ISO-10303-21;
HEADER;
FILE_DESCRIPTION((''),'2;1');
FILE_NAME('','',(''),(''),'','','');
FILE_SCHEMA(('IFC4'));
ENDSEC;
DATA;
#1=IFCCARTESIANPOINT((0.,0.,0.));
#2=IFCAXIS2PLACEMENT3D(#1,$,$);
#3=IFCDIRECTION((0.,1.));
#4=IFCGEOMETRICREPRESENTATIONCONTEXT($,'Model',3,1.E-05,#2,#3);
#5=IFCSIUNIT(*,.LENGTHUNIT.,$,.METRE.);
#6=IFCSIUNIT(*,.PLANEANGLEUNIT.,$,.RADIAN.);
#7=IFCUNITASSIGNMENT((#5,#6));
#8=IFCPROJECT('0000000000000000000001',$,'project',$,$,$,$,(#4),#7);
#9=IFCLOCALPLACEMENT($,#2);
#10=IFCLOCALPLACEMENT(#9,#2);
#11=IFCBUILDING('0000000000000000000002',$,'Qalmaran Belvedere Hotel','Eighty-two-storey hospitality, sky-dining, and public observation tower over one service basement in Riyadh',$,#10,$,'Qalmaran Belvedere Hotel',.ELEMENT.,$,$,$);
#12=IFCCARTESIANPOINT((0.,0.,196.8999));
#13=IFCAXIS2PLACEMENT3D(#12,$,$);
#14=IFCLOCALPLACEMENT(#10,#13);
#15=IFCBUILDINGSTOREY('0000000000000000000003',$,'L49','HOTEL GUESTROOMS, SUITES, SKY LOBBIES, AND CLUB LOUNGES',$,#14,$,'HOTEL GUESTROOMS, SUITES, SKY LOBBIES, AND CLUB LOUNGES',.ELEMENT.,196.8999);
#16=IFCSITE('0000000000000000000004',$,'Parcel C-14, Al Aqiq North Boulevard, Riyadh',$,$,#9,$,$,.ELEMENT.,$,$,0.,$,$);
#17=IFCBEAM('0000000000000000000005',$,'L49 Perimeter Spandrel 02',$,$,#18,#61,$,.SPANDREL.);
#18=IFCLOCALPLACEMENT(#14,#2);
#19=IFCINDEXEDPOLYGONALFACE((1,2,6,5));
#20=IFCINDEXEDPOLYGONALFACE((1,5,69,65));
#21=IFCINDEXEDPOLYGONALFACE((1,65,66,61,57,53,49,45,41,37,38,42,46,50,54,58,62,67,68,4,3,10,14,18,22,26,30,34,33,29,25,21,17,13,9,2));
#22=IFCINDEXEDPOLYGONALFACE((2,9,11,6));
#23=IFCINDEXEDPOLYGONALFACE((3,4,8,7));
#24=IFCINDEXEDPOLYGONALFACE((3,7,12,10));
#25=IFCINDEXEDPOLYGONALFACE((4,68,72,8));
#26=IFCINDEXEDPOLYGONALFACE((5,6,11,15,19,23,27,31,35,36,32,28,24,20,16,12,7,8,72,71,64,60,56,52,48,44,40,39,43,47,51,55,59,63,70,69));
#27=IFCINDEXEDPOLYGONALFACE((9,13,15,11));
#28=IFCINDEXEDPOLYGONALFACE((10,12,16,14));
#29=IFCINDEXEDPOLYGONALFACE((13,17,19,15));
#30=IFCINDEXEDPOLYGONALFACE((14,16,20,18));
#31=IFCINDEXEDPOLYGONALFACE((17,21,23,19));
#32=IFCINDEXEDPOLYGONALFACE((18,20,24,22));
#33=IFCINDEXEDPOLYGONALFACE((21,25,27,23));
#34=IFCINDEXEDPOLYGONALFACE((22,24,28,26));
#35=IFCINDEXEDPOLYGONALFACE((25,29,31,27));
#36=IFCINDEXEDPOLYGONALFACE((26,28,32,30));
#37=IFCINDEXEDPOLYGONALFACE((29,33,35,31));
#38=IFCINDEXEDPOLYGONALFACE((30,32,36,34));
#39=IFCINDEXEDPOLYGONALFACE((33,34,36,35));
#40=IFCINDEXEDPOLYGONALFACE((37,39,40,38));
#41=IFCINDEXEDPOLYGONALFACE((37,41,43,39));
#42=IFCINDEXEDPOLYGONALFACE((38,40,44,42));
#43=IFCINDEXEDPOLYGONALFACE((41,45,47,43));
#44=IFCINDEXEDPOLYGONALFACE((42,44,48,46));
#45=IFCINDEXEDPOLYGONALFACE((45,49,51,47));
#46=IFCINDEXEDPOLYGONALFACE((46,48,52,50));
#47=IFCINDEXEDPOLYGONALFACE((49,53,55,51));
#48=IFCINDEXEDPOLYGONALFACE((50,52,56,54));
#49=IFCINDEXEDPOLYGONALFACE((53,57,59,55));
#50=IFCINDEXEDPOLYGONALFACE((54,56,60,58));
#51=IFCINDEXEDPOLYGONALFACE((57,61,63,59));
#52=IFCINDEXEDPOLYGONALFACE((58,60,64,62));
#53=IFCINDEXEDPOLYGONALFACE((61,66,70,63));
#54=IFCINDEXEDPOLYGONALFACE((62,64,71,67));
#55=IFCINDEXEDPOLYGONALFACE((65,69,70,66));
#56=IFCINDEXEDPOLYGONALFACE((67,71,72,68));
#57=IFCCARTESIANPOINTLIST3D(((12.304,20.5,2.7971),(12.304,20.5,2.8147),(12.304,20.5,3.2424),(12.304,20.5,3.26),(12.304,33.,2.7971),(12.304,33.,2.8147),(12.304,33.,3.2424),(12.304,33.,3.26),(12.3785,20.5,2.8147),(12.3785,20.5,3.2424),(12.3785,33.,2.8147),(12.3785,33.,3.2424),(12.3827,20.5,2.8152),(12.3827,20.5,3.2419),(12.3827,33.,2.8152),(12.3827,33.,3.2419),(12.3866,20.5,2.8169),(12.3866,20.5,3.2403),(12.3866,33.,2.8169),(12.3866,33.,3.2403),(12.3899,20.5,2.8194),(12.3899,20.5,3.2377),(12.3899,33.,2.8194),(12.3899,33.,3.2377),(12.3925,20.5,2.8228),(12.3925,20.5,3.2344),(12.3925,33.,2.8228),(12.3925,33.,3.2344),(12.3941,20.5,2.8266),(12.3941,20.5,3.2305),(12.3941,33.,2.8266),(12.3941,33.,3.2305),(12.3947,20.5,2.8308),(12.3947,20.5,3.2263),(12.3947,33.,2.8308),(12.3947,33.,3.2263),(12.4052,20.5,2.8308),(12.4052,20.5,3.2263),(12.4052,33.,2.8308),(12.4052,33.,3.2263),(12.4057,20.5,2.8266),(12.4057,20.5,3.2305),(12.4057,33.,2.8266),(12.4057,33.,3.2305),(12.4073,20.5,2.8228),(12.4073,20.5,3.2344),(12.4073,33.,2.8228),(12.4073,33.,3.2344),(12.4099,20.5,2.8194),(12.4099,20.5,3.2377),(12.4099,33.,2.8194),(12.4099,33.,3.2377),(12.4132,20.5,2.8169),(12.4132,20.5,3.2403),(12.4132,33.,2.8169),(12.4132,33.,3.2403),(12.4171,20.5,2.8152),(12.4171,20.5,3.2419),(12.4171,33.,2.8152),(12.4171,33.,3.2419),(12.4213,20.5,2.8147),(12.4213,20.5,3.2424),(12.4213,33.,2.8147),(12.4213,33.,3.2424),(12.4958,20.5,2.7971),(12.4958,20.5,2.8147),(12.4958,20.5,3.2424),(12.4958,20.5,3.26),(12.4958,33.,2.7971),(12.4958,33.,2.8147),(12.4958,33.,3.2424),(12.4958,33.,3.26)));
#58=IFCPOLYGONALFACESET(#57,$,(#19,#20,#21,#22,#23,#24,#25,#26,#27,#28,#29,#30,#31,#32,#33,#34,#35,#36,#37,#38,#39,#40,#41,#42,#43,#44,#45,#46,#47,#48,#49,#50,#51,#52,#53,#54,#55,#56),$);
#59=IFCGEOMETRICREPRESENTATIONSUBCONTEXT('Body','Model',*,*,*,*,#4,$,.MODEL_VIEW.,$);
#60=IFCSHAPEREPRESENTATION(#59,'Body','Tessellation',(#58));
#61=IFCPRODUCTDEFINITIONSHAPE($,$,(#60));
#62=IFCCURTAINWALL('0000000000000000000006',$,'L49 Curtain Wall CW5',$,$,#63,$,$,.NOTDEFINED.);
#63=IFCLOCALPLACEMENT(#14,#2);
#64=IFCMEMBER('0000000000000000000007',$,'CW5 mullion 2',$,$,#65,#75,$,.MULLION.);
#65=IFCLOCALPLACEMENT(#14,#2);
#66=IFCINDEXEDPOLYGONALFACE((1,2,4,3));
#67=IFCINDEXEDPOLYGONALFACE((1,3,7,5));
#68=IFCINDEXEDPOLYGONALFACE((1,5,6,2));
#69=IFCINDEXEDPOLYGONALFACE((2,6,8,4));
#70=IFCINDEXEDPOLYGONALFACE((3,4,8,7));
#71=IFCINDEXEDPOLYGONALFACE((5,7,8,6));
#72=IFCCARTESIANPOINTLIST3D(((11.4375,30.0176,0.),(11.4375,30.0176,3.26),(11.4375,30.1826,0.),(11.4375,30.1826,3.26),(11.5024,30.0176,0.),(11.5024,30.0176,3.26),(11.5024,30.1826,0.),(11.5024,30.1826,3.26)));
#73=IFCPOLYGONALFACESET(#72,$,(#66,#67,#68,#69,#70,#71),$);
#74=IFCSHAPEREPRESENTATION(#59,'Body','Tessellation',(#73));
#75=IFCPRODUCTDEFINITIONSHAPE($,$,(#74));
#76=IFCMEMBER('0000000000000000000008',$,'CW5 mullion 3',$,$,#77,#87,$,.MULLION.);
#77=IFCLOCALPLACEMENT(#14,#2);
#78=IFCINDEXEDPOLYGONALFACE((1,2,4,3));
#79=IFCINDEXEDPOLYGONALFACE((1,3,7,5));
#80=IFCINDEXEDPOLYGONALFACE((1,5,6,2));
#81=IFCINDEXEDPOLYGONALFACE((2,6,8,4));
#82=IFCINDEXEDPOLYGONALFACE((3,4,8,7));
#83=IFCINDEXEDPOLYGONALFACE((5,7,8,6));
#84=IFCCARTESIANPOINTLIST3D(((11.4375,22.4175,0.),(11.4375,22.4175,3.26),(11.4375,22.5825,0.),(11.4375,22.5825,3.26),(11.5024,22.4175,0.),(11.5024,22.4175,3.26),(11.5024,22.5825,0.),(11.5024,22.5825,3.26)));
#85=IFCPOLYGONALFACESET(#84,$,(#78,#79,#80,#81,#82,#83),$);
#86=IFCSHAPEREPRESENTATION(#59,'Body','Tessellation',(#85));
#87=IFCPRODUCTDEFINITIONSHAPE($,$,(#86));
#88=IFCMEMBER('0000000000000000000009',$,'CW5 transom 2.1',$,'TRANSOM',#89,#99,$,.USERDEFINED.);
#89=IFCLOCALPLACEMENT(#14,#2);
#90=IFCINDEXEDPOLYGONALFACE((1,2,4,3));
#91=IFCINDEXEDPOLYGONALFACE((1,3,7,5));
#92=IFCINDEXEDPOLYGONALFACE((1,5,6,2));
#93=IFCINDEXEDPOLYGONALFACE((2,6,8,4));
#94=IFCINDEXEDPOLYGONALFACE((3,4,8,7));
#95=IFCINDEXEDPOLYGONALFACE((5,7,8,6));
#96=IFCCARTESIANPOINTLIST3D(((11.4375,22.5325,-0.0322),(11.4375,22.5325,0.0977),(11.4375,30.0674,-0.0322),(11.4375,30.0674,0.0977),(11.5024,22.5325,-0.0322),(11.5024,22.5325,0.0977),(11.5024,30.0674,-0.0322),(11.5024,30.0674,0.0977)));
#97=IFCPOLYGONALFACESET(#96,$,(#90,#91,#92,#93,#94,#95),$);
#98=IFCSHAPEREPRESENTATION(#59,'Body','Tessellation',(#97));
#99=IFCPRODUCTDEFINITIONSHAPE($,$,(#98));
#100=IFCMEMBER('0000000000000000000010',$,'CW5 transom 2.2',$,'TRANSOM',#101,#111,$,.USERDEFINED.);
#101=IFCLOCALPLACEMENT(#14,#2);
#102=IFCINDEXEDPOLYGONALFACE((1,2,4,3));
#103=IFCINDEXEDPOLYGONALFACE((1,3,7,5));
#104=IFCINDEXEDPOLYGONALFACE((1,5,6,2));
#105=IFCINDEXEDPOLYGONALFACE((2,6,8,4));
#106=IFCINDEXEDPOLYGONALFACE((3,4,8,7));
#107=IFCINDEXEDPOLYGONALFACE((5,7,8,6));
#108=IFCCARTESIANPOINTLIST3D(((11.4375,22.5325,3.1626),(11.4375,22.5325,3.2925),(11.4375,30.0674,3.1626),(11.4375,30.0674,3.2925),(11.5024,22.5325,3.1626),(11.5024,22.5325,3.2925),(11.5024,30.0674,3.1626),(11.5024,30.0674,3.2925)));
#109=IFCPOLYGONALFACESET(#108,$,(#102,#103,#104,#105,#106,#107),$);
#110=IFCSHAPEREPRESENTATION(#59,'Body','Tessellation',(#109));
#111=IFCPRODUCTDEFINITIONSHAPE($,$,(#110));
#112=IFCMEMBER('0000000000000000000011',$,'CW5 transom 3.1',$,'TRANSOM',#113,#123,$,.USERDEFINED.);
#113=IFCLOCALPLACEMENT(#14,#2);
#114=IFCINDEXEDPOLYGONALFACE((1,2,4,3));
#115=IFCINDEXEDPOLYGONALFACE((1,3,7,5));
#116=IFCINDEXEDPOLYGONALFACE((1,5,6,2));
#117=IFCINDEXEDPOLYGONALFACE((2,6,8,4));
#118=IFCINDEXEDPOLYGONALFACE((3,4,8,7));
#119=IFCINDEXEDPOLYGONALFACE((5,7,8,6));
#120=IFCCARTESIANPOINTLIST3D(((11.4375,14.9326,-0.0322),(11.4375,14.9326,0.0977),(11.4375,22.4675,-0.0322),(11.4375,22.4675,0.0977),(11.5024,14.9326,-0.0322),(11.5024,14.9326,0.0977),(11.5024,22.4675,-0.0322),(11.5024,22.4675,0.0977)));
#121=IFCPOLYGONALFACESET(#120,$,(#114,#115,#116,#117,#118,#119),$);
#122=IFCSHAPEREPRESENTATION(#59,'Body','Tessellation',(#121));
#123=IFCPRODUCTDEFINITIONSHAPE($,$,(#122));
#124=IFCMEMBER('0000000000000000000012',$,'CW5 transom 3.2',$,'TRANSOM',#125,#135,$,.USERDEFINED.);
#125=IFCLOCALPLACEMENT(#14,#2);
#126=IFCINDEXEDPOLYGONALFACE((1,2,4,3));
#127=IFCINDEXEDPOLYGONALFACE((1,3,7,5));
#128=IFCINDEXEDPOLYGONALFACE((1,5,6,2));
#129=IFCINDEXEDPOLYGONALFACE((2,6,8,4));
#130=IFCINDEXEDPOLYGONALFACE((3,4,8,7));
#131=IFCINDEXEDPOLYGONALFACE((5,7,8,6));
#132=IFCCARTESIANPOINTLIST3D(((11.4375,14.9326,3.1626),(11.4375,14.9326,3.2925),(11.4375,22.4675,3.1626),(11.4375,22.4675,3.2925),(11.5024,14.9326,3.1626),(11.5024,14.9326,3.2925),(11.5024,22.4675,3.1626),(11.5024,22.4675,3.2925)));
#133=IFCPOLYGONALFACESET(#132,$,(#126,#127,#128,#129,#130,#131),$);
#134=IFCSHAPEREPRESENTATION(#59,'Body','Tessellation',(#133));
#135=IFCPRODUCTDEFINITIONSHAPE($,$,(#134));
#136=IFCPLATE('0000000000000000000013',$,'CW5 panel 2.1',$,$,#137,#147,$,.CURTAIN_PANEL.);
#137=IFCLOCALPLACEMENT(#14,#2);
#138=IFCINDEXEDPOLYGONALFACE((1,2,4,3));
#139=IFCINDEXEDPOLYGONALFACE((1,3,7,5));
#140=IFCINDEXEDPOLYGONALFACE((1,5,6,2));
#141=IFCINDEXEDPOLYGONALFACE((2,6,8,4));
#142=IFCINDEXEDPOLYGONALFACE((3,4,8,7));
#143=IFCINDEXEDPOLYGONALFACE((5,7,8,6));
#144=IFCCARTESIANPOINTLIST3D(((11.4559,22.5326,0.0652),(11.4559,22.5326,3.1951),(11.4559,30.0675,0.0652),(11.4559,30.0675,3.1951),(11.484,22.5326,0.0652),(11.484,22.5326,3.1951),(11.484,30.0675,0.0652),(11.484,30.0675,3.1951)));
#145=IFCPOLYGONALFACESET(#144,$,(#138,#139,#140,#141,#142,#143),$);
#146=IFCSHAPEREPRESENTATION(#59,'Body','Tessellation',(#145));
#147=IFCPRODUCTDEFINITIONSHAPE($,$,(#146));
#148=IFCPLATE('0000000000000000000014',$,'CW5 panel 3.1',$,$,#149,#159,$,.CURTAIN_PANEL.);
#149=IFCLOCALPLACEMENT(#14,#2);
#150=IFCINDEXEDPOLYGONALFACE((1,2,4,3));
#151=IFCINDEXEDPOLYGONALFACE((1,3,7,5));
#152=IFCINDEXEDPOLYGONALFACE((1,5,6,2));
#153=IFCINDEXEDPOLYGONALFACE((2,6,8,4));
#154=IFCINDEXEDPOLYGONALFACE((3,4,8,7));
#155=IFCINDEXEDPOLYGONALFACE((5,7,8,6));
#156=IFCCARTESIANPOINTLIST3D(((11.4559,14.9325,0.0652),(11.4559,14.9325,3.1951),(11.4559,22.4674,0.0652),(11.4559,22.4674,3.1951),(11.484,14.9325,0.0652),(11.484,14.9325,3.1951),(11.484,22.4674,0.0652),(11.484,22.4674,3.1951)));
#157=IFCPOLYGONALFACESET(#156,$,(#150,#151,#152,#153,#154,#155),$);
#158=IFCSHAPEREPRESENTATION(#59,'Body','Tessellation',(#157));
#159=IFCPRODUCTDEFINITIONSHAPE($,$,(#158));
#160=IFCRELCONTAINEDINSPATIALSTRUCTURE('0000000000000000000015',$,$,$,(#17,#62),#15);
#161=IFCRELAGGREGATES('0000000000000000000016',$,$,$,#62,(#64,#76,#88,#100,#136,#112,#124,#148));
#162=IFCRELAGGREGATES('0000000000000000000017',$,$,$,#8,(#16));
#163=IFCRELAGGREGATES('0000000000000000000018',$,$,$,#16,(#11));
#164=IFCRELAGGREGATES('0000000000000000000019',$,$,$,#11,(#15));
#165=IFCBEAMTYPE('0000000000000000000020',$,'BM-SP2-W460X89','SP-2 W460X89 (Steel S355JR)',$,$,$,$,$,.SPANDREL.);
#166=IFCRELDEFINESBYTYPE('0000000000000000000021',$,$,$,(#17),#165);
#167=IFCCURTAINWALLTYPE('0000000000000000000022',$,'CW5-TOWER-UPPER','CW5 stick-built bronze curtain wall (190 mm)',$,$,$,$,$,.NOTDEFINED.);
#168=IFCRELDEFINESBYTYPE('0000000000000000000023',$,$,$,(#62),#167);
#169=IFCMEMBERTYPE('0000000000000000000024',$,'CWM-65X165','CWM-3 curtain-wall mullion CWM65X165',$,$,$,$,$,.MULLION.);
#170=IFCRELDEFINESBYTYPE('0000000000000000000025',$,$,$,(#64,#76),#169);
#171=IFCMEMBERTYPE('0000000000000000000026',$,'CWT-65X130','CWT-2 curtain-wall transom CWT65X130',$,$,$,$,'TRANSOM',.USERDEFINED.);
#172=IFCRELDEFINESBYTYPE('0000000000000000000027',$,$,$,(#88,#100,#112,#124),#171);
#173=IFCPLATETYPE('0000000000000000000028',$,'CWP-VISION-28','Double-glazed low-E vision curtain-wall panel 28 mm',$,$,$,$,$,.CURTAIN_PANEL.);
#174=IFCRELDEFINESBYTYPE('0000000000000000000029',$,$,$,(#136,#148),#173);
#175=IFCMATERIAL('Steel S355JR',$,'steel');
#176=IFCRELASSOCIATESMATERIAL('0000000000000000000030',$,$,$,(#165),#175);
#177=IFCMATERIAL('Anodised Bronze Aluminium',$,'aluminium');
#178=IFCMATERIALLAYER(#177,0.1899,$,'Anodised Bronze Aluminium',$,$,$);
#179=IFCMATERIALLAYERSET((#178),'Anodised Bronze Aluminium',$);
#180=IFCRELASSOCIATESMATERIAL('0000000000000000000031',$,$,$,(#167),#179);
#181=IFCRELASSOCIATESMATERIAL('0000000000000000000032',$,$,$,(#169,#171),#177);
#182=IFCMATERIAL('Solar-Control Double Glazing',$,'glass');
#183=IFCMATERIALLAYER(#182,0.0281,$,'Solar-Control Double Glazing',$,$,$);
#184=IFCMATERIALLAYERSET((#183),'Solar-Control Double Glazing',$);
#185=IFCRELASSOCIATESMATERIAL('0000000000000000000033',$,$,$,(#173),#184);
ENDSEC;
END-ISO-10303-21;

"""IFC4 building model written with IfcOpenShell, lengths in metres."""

from ifc_helpers import new_model, si_unit, direction, frame, origin, origin_2d, place, context, subcontext, project, spatial, rectangle, i_section, extrude, material, layer, layer_set, material_profile, profile_set, type_object, element, aggregate, save


model = new_model("IFC4")

# Units and contexts
model_context = context("Model", 3, precision=1e-05, world=origin(), true_north=direction((0.0, 1.0)))
body_context = subcontext(model_context, "Body", "Model", "MODEL_VIEW")
ifc_project = project(units=[si_unit("LENGTHUNIT", "METRE"), si_unit("PLANEANGLEUNIT", "RADIAN")], contexts=[model_context])

# Site, building, storey
site_placement = place(None, origin())
site = spatial("IfcSite", under=ifc_project, at=site_placement, Name="Parcel C-14, Al Aqiq North Boulevard, Riyadh", CompositionType="ELEMENT", RefElevation=0.0)
building_placement = place(site_placement, origin())
building = spatial("IfcBuilding", under=site, at=building_placement, Name="Qalmaran Belvedere Hotel", Description="Eighty-two-storey hospitality, sky-dining, and public observation tower over one service basement in Riyadh", LongName="Qalmaran Belvedere Hotel", CompositionType="ELEMENT")
storey_placement = place(building_placement, frame((0.0, 0.0, 196.8999)))
storey = spatial("IfcBuildingStorey", under=building, at=storey_placement, Name="L49", Description="HOTEL GUESTROOMS, SUITES, SKY LOBBIES, AND CLUB LOUNGES", LongName="HOTEL GUESTROOMS, SUITES, SKY LOBBIES, AND CLUB LOUNGES", CompositionType="ELEMENT", Elevation=196.8999)

# Beam
ifc_material_1 = material(Name="Steel S355JR", Category="steel")
ifc_material_profile_1 = material_profile(ifc_material_1, i_section(OverallWidth=0.1919, OverallDepth=0.4629, WebThickness=0.0105, FlangeThickness=0.0176, FilletRadius=0.0161, at=origin_2d()), Name="W460X89")
ifc_profile_set_1 = profile_set([ifc_material_profile_1], Name="Steel S355JR")
beam_type_1 = type_object("IfcBeamType", Name="BM-SP2-W460X89", Description="SP-2 W460X89 (Steel S355JR)", PredefinedType="SPANDREL", material=ifc_profile_set_1)
beam_1_placement = place(storey_placement, frame((12.3999, 20.5, 3.0286), z_axis=(0.0, 1.0, 0.0), x_axis=(-1.0, 0.0, 0.0)))
element("IfcBeam", 1, at=beam_1_placement, inside=storey, type_object=beam_type_1, Name="L49 Perimeter Spandrel 02", PredefinedType="SPANDREL", context=body_context, shape_type="SweptSolid", body=[
    extrude(i_section(OverallWidth=0.1919, OverallDepth=0.4629, WebThickness=0.0105, FlangeThickness=0.0176, FilletRadius=0.0161, at=origin_2d()), origin(), (0.0, 0.0, 1.0), 12.5),
])

# Curtain wall, members, plates
ifc_material_2 = material(Name="Anodised Bronze Aluminium", Category="aluminium")
ifc_layer_1 = layer(ifc_material_2, 0.1899, Name="Anodised Bronze Aluminium")
ifc_layer_set_1 = layer_set([ifc_layer_1], Name="Anodised Bronze Aluminium")
curtain_wall_type = type_object("IfcCurtainWallType", Name="CW5-TOWER-UPPER", Description="CW5 stick-built bronze curtain wall (190 mm)", PredefinedType="NOTDEFINED", material=ifc_layer_set_1)
curtain_wall_placement = place(storey_placement, origin())
curtain_wall = element("IfcCurtainWall", 2, at=curtain_wall_placement, inside=storey, type_object=curtain_wall_type, Name="L49 Curtain Wall CW5", PredefinedType="NOTDEFINED")
ifc_material_profile_2 = material_profile(ifc_material_2, rectangle(XDim=0.0649, YDim=0.165, at=origin_2d()), Name="CWM65X165")
ifc_profile_set_2 = profile_set([ifc_material_profile_2], Name="Anodised Bronze Aluminium")
member_type_1 = type_object("IfcMemberType", Name="CWM-65X165", Description="CWM-3 curtain-wall mullion CWM65X165", PredefinedType="MULLION", material=ifc_profile_set_2)
member_1_placement = place(storey_placement, frame((11.47, 30.1001, 0.0), z_axis=(0.0, 0.0, 1.0), x_axis=(1.0, 0.0, 0.0)))
member_1 = element("IfcMember", 3, at=member_1_placement, type_object=member_type_1, Name="CW5 mullion 2", PredefinedType="MULLION", context=body_context, shape_type="SweptSolid", body=[
    extrude(rectangle(XDim=0.0649, YDim=0.165, at=origin_2d()), origin(), (0.0, 0.0, 1.0), 3.26),
])
member_2_placement = place(storey_placement, frame((11.47, 22.5, 0.0), z_axis=(0.0, 0.0, 1.0), x_axis=(1.0, 0.0, 0.0)))
member_2 = element("IfcMember", 4, at=member_2_placement, type_object=member_type_1, Name="CW5 mullion 3", PredefinedType="MULLION", context=body_context, shape_type="SweptSolid", body=[
    extrude(rectangle(XDim=0.0649, YDim=0.165, at=origin_2d()), origin(), (0.0, 0.0, 1.0), 3.26),
])
ifc_material_profile_3 = material_profile(ifc_material_2, rectangle(XDim=0.0649, YDim=0.1299, at=origin_2d()), Name="CWT65X130")
ifc_profile_set_3 = profile_set([ifc_material_profile_3], Name="Anodised Bronze Aluminium")
member_type_2 = type_object("IfcMemberType", Name="CWT-65X130", Description="CWT-2 curtain-wall transom CWT65X130", ElementType="TRANSOM", PredefinedType="USERDEFINED", material=ifc_profile_set_3)
member_3_placement = place(storey_placement, frame((11.47, 30.0674, 0.0327), z_axis=(0.0, -1.0, 0.0), x_axis=(1.0, 0.0, 0.0)))
member_3 = element("IfcMember", 5, at=member_3_placement, type_object=member_type_2, Name="CW5 transom 2.1", ObjectType="TRANSOM", PredefinedType="USERDEFINED", context=body_context, shape_type="SweptSolid", body=[
    extrude(rectangle(XDim=0.0649, YDim=0.1299, at=origin_2d()), origin(), (0.0, 0.0, 1.0), 7.5349),
])
member_4_placement = place(storey_placement, frame((11.47, 30.0674, 3.2275), z_axis=(0.0, -1.0, 0.0), x_axis=(1.0, 0.0, 0.0)))
member_4 = element("IfcMember", 6, at=member_4_placement, type_object=member_type_2, Name="CW5 transom 2.2", ObjectType="TRANSOM", PredefinedType="USERDEFINED", context=body_context, shape_type="SweptSolid", body=[
    extrude(rectangle(XDim=0.0649, YDim=0.1299, at=origin_2d()), origin(), (0.0, 0.0, 1.0), 7.5349),
])
member_5_placement = place(storey_placement, frame((11.47, 22.4675, 0.0327), z_axis=(0.0, -1.0, 0.0), x_axis=(1.0, 0.0, 0.0)))
member_5 = element("IfcMember", 7, at=member_5_placement, type_object=member_type_2, Name="CW5 transom 3.1", ObjectType="TRANSOM", PredefinedType="USERDEFINED", context=body_context, shape_type="SweptSolid", body=[
    extrude(rectangle(XDim=0.0649, YDim=0.1299, at=origin_2d()), origin(), (0.0, 0.0, 1.0), 7.5349),
])
member_6_placement = place(storey_placement, frame((11.47, 22.4675, 3.2275), z_axis=(0.0, -1.0, 0.0), x_axis=(1.0, 0.0, 0.0)))
member_6 = element("IfcMember", 8, at=member_6_placement, type_object=member_type_2, Name="CW5 transom 3.2", ObjectType="TRANSOM", PredefinedType="USERDEFINED", context=body_context, shape_type="SweptSolid", body=[
    extrude(rectangle(XDim=0.0649, YDim=0.1299, at=origin_2d()), origin(), (0.0, 0.0, 1.0), 7.5349),
])
ifc_material_3 = material(Name="Solar-Control Double Glazing", Category="glass")
ifc_layer_2 = layer(ifc_material_3, 0.0281, Name="Solar-Control Double Glazing")
ifc_layer_set_2 = layer_set([ifc_layer_2], Name="Solar-Control Double Glazing")
plate_type = type_object("IfcPlateType", Name="CWP-VISION-28", Description="Double-glazed low-E vision curtain-wall panel 28 mm", PredefinedType="CURTAIN_PANEL", material=ifc_layer_set_2)
plate_1_placement = place(storey_placement, frame((11.47, 26.3, 0.0652), z_axis=(0.0, 0.0, 1.0), x_axis=(0.0, -1.0, 0.0)))
plate_1 = element("IfcPlate", 9, at=plate_1_placement, type_object=plate_type, Name="CW5 panel 2.1", PredefinedType="CURTAIN_PANEL", context=body_context, shape_type="SweptSolid", body=[
    extrude(rectangle(XDim=7.5349, YDim=0.0281, at=origin_2d()), origin(), (0.0, 0.0, 1.0), 3.1299),
])
plate_2_placement = place(storey_placement, frame((11.47, 18.7, 0.0652), z_axis=(0.0, 0.0, 1.0), x_axis=(0.0, -1.0, 0.0)))
plate_2 = element("IfcPlate", 10, at=plate_2_placement, type_object=plate_type, Name="CW5 panel 3.1", PredefinedType="CURTAIN_PANEL", context=body_context, shape_type="SweptSolid", body=[
    extrude(rectangle(XDim=7.5349, YDim=0.0281, at=origin_2d()), origin(), (0.0, 0.0, 1.0), 3.1299),
])
aggregate(curtain_wall, [member_1, member_2, member_3, member_4, plate_1, member_5, member_6, plate_2])

save(model, "model.ifc")
